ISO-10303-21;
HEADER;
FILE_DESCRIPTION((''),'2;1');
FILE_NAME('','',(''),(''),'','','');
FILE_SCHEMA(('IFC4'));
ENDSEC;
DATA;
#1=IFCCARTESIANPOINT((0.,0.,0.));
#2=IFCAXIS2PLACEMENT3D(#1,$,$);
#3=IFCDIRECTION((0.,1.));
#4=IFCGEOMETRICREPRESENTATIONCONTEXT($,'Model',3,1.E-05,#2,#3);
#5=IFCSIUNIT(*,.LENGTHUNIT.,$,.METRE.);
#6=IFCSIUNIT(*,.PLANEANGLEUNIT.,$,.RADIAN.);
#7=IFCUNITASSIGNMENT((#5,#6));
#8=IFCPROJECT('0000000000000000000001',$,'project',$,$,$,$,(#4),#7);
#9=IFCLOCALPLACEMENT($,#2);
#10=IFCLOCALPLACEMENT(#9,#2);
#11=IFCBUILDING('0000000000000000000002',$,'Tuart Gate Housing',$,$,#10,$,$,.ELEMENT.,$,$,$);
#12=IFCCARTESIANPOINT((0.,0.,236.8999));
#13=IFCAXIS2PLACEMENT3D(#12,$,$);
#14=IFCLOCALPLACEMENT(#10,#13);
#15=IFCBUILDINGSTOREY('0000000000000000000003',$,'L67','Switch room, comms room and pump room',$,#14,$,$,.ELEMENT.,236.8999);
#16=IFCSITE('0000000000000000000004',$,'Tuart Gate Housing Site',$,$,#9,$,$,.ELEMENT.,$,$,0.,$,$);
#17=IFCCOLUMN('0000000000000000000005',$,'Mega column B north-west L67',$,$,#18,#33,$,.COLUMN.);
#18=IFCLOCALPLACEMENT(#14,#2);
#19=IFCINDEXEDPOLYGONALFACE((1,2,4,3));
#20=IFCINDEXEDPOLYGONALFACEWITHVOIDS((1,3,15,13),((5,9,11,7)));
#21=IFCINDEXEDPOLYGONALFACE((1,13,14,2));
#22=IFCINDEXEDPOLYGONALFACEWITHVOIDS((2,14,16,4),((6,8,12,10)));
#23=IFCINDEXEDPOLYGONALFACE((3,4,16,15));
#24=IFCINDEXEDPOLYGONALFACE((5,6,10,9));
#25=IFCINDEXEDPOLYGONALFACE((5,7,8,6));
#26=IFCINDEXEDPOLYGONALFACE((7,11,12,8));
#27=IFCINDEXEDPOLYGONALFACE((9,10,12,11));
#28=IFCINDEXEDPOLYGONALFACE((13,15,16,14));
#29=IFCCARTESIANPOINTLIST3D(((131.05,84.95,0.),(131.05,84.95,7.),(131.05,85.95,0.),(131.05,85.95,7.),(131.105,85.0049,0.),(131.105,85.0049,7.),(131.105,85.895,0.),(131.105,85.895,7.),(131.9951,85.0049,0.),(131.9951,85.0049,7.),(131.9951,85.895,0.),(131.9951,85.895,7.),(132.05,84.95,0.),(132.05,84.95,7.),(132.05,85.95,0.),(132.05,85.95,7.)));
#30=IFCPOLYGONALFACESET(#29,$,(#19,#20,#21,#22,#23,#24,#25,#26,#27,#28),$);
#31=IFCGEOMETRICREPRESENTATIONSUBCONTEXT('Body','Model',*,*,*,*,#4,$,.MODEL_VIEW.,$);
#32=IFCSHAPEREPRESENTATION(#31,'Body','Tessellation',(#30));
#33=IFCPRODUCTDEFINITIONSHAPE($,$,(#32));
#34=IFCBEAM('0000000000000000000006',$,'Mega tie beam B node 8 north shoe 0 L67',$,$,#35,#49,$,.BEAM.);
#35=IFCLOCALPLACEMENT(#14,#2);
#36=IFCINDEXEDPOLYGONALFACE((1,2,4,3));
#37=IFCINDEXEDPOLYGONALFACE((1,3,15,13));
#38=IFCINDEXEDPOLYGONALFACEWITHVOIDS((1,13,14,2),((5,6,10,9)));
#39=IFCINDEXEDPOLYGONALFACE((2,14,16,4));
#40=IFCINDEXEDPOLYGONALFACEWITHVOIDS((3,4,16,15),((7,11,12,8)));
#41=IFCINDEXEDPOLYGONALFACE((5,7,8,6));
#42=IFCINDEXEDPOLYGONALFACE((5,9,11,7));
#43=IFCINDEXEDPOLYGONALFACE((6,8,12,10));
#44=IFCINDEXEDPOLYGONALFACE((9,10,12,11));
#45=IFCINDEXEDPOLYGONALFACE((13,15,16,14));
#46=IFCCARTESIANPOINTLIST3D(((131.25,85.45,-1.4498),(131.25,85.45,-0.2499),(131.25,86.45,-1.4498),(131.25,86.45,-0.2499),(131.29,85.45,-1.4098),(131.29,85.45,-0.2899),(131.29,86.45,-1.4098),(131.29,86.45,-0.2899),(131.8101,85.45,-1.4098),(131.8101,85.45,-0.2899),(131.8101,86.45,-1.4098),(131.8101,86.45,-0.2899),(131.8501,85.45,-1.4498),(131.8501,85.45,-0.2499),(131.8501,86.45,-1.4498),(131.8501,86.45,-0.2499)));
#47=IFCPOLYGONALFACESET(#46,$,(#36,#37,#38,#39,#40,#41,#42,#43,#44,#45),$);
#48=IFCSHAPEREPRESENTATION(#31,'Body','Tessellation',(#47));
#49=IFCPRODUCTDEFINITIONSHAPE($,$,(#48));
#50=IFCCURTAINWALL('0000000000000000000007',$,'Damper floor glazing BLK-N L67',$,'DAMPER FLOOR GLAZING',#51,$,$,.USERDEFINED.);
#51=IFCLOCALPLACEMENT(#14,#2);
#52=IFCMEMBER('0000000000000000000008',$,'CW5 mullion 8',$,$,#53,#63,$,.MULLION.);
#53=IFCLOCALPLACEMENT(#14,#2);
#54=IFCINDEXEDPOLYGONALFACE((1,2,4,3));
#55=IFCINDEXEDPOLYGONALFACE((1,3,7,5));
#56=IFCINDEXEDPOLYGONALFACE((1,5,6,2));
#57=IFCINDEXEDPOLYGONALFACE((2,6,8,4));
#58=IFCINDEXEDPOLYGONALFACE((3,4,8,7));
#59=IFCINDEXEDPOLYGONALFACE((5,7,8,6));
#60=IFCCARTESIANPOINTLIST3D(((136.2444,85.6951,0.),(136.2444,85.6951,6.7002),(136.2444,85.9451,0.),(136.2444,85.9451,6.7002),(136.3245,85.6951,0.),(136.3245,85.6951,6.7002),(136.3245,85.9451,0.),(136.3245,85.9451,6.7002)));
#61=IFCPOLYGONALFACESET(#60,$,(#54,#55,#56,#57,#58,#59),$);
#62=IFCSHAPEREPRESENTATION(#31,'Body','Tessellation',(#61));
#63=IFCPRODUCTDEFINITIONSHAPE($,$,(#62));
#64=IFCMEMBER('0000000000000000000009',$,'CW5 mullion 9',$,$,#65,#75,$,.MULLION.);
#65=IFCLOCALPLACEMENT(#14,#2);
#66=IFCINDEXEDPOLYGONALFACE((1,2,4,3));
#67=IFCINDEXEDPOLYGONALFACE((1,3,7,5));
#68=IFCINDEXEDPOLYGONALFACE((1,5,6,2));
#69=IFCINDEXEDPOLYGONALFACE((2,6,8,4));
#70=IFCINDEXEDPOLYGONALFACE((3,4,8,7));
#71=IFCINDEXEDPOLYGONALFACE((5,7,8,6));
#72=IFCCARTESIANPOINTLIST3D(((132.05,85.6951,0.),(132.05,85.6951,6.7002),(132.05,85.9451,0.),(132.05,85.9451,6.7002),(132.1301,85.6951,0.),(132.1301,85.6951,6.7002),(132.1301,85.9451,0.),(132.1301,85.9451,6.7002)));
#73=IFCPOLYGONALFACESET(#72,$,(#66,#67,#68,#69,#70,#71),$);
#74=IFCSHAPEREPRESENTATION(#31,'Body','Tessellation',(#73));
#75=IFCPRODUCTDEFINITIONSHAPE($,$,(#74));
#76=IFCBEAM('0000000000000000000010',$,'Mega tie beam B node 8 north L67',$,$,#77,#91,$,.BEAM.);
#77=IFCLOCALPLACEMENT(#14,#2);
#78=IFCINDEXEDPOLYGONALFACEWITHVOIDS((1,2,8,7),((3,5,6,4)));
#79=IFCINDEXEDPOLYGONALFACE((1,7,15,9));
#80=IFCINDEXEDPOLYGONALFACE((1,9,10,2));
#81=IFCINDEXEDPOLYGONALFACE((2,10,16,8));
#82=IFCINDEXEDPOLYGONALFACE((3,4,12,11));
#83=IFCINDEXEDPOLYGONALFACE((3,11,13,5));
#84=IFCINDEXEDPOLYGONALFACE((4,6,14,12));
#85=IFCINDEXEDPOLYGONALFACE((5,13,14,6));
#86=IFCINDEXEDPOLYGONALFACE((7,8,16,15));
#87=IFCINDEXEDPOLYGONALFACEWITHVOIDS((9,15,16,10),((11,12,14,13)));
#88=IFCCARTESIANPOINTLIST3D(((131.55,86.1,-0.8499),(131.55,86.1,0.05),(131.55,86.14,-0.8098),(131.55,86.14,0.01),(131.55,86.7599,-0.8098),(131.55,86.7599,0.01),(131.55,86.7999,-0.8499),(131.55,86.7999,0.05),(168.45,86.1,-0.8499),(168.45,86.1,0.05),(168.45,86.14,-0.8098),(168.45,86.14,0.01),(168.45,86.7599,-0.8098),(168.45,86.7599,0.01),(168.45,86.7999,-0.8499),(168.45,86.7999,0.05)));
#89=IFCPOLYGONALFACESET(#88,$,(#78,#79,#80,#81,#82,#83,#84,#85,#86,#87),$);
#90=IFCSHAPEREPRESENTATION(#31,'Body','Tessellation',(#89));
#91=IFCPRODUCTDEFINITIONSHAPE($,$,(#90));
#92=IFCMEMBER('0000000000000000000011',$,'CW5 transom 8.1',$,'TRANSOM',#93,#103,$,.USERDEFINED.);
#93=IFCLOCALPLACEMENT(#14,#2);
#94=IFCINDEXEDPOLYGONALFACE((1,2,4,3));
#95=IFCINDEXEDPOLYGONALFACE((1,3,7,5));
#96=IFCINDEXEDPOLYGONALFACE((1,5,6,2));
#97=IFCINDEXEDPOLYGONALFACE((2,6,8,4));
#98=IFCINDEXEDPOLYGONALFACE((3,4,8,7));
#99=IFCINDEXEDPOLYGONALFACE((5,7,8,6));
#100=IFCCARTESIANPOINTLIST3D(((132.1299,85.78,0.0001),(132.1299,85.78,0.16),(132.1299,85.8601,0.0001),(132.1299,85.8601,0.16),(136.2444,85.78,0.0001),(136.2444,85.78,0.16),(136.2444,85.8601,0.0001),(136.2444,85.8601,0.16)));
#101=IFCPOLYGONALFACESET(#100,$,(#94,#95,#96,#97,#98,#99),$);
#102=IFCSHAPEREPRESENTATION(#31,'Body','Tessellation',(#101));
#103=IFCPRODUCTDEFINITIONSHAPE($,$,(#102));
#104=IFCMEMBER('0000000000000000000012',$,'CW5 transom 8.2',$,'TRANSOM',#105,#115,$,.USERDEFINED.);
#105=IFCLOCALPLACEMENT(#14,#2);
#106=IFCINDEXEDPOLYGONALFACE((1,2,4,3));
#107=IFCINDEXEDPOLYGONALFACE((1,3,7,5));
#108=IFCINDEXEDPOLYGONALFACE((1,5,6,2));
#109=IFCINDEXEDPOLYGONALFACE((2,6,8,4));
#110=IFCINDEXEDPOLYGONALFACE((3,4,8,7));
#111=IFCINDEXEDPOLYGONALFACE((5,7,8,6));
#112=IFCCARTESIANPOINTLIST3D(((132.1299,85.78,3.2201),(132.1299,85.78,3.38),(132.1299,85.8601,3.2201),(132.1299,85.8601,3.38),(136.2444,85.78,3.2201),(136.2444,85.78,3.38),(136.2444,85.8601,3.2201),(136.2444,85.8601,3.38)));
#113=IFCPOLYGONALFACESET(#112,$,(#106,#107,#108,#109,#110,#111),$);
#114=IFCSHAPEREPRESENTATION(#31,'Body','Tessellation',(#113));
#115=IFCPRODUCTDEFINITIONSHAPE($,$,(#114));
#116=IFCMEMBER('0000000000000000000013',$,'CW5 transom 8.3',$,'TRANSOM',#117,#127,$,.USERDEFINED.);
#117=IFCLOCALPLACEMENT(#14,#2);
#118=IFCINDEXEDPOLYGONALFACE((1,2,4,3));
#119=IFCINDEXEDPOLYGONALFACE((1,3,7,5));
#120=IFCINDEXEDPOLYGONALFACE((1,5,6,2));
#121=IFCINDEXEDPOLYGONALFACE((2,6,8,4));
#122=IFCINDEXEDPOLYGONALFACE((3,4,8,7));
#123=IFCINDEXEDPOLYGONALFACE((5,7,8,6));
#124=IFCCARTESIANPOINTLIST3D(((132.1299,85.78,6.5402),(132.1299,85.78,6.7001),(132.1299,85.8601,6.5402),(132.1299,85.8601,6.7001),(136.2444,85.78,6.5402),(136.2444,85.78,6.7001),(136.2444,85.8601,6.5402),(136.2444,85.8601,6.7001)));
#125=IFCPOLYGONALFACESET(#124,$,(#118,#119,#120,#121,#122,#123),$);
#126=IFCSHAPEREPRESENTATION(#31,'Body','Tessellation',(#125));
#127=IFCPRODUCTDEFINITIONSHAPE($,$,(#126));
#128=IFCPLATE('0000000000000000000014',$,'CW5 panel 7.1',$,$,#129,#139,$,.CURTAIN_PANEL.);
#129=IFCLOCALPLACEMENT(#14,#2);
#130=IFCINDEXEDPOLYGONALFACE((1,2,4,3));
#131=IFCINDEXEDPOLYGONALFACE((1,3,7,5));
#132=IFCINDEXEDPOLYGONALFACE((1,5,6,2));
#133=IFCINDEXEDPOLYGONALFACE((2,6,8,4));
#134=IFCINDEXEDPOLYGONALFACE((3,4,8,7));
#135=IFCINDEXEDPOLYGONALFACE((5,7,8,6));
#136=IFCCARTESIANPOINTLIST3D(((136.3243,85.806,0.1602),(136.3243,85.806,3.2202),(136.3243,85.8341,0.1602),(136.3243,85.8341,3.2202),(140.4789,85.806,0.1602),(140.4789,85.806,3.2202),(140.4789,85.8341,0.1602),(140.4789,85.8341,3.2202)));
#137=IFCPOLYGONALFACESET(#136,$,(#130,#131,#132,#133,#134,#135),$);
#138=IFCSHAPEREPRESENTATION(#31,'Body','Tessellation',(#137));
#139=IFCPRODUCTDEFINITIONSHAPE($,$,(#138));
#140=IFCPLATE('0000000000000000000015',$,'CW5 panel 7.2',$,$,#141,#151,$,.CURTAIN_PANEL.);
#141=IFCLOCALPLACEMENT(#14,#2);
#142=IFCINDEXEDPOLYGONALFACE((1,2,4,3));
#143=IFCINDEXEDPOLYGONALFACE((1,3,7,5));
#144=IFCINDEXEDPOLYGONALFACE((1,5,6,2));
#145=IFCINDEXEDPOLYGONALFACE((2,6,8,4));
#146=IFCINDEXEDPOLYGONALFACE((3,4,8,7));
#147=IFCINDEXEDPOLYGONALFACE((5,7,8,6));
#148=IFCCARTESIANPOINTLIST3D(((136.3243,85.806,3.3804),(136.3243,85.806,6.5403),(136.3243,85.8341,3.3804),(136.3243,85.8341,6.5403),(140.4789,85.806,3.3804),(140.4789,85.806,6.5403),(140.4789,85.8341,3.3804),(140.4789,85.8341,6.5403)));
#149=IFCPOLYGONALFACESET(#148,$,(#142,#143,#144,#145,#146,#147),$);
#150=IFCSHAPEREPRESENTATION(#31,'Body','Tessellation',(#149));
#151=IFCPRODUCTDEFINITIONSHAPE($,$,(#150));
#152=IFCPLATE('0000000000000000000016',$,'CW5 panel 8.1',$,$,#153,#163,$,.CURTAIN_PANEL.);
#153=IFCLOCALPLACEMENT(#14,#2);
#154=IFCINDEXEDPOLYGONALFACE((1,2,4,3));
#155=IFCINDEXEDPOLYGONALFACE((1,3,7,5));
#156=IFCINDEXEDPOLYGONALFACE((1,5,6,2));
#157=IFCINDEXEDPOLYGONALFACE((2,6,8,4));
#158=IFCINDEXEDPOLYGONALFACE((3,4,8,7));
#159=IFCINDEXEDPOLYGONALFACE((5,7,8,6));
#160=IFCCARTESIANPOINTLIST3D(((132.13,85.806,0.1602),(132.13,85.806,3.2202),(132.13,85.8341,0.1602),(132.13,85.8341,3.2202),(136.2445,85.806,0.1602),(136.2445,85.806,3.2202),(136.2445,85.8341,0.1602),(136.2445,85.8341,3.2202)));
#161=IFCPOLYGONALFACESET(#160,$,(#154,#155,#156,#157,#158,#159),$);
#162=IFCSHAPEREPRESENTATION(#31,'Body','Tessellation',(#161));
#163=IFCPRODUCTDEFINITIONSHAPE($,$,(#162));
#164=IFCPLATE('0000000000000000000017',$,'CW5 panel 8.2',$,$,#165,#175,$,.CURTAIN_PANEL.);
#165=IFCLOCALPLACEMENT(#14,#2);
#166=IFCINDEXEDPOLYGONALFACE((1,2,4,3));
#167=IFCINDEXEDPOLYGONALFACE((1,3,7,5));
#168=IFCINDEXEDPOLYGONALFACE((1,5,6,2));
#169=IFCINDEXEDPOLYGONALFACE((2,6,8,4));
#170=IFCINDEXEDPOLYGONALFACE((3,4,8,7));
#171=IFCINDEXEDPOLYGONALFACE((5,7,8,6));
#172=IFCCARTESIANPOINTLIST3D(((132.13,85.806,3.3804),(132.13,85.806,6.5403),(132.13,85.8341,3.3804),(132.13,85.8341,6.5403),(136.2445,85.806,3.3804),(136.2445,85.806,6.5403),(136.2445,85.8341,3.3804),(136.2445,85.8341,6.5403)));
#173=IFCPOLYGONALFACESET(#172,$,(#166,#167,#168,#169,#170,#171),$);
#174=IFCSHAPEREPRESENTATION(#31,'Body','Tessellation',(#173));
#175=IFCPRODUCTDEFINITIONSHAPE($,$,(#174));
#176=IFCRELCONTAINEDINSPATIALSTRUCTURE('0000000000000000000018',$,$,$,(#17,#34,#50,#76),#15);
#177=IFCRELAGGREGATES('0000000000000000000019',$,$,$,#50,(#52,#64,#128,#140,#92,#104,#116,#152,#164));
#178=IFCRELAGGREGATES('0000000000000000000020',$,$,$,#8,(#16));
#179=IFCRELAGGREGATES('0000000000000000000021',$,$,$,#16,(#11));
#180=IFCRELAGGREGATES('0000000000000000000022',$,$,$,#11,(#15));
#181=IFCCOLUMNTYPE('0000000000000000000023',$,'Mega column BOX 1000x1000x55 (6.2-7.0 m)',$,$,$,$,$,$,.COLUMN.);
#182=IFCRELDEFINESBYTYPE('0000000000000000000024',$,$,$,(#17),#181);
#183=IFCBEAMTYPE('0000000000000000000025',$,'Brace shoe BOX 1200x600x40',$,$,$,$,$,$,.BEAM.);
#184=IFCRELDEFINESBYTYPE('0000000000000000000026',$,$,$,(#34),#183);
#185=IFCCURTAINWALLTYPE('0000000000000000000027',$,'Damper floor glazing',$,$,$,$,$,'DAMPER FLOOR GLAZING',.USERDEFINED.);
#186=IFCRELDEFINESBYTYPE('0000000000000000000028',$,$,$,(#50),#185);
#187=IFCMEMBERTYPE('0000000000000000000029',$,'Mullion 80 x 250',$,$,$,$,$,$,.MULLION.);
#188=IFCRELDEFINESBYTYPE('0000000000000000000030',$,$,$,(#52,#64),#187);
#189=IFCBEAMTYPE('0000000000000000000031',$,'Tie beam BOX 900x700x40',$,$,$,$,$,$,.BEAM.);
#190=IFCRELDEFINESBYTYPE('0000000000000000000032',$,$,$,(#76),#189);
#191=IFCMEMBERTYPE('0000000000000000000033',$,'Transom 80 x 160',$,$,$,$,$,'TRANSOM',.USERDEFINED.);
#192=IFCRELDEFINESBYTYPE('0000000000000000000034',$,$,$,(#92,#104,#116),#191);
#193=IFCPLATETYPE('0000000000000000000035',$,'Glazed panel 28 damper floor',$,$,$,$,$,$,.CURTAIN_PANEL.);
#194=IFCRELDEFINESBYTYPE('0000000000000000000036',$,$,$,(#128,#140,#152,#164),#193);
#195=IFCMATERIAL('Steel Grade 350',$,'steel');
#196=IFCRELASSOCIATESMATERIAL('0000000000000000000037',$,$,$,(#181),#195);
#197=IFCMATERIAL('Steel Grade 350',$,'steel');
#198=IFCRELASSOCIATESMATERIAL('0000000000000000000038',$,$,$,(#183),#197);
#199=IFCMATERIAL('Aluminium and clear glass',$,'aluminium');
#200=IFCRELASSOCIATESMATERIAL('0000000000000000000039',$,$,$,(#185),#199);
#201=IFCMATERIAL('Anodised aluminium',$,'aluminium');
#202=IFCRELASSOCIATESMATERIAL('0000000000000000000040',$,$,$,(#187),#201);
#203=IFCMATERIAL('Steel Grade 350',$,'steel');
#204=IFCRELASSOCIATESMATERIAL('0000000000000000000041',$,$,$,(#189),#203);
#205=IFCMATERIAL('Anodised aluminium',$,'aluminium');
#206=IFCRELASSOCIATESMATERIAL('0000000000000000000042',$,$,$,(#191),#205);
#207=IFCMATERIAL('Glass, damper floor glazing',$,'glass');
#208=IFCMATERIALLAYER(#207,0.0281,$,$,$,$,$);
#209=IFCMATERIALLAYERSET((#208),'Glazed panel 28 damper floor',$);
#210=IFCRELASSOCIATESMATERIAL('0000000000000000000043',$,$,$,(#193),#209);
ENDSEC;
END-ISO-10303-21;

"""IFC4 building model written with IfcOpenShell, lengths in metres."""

from ifc_helpers import new_model, si_unit, direction, frame, origin, origin_2d, place, context, subcontext, project, spatial, rectangle, hollow_rectangle, extrude, material, layer, layer_set, material_profile, profile_set, type_object, element, aggregate, save


model = new_model("IFC4")

# Units and contexts
model_context = context("Model", 3, precision=1e-05, world=origin(), true_north=direction((0.0, 1.0)))
body_context = subcontext(model_context, "Body", "Model", "MODEL_VIEW")
ifc_project = project(units=[si_unit("LENGTHUNIT", "METRE"), si_unit("PLANEANGLEUNIT", "RADIAN")], contexts=[model_context])

# Site, building, storey
site_placement = place(None, origin())
site = spatial("IfcSite", under=ifc_project, at=site_placement, Name="Tuart Gate Housing Site", CompositionType="ELEMENT", RefElevation=0.0)
building_placement = place(site_placement, origin())
building = spatial("IfcBuilding", under=site, at=building_placement, Name="Tuart Gate Housing", CompositionType="ELEMENT")
storey_placement = place(building_placement, frame((0.0, 0.0, 236.8999)))
storey = spatial("IfcBuildingStorey", under=building, at=storey_placement, Name="L67", Description="Switch room, comms room and pump room", CompositionType="ELEMENT", Elevation=236.8999)

# Column
ifc_material_1 = material(Name="Steel Grade 350", Category="steel")
ifc_material_profile_1 = material_profile(ifc_material_1, hollow_rectangle(XDim=1.0, YDim=1.0, WallThickness=0.0549, at=origin_2d()), Name="BOX 1000x1000x55")
ifc_profile_set_1 = profile_set([ifc_material_profile_1], Name="Steel Grade 350")
column_type = type_object("IfcColumnType", Name="Mega column BOX 1000x1000x55 (6.2-7.0 m)", PredefinedType="COLUMN", material=ifc_profile_set_1)
column_placement = place(storey_placement, frame((131.55, 85.45, 0.0), z_axis=(0.0, 0.0, 1.0), x_axis=(1.0, 0.0, 0.0)))
element("IfcColumn", 1, at=column_placement, inside=storey, type_object=column_type, Name="Mega column B north-west L67", PredefinedType="COLUMN", context=body_context, shape_type="SweptSolid", body=[
    extrude(hollow_rectangle(XDim=1.0, YDim=1.0, WallThickness=0.0549, at=origin_2d()), origin(), (0.0, 0.0, 1.0), 7.0),
])

# Beam
ifc_material_2 = material(Name="Steel Grade 350", Category="steel")
ifc_material_profile_2 = material_profile(ifc_material_2, hollow_rectangle(XDim=0.6001, YDim=1.2, WallThickness=0.04, at=origin_2d()), Name="BOX 1200x600x40")
ifc_profile_set_2 = profile_set([ifc_material_profile_2], Name="Steel Grade 350")
beam_type_1 = type_object("IfcBeamType", Name="Brace shoe BOX 1200x600x40", PredefinedType="BEAM", material=ifc_profile_set_2)
beam_1_placement = place(storey_placement, frame((131.55, 85.45, -0.8499), z_axis=(0.0, 1.0, 0.0), x_axis=(-1.0, 0.0, 0.0)))
element("IfcBeam", 2, at=beam_1_placement, inside=storey, type_object=beam_type_1, Name="Mega tie beam B node 8 north shoe 0 L67", PredefinedType="BEAM", context=body_context, shape_type="SweptSolid", body=[
    extrude(hollow_rectangle(XDim=0.6001, YDim=1.2, WallThickness=0.04, at=origin_2d()), origin(), (0.0, 0.0, 1.0), 1.0),
])

# Curtain wall, members
ifc_material_3 = material(Name="Aluminium and clear glass", Category="aluminium")
curtain_wall_type = type_object("IfcCurtainWallType", Name="Damper floor glazing", ElementType="DAMPER FLOOR GLAZING", PredefinedType="USERDEFINED", material=ifc_material_3)
curtain_wall_placement = place(storey_placement, origin())
curtain_wall = element("IfcCurtainWall", 3, at=curtain_wall_placement, inside=storey, type_object=curtain_wall_type, Name="Damper floor glazing BLK-N L67", ObjectType="DAMPER FLOOR GLAZING", PredefinedType="USERDEFINED")
ifc_material_4 = material(Name="Anodised aluminium", Category="aluminium")
ifc_material_profile_3 = material_profile(ifc_material_4, rectangle(XDim=0.0801, YDim=0.25, at=origin_2d()), Name="80x250")
ifc_profile_set_3 = profile_set([ifc_material_profile_3], Name="Anodised aluminium")
member_type_1 = type_object("IfcMemberType", Name="Mullion 80 x 250", PredefinedType="MULLION", material=ifc_profile_set_3)
member_1_placement = place(storey_placement, frame((136.2844, 85.8201, 0.0), z_axis=(0.0, 0.0, 1.0), x_axis=(-1.0, 0.0, 0.0)))
member_1 = element("IfcMember", 4, at=member_1_placement, type_object=member_type_1, Name="CW5 mullion 8", PredefinedType="MULLION", context=body_context, shape_type="SweptSolid", body=[
    extrude(rectangle(XDim=0.0801, YDim=0.25, at=origin_2d()), origin(), (0.0, 0.0, 1.0), 6.7002),
])
member_2_placement = place(storey_placement, frame((132.0901, 85.8201, 0.0), z_axis=(0.0, 0.0, 1.0), x_axis=(-1.0, 0.0, 0.0)))
member_2 = element("IfcMember", 5, at=member_2_placement, type_object=member_type_1, Name="CW5 mullion 9", PredefinedType="MULLION", context=body_context, shape_type="SweptSolid", body=[
    extrude(rectangle(XDim=0.0801, YDim=0.25, at=origin_2d()), origin(), (0.0, 0.0, 1.0), 6.7002),
])

# Beam
ifc_material_5 = material(Name="Steel Grade 350", Category="steel")
ifc_material_profile_4 = material_profile(ifc_material_5, hollow_rectangle(XDim=0.7, YDim=0.8999, WallThickness=0.04, at=origin_2d()), Name="BOX 900x700x40")
ifc_profile_set_4 = profile_set([ifc_material_profile_4], Name="Steel Grade 350")
beam_type_2 = type_object("IfcBeamType", Name="Tie beam BOX 900x700x40", PredefinedType="BEAM", material=ifc_profile_set_4)
beam_2_placement = place(storey_placement, frame((131.55, 86.45, -0.3999), z_axis=(1.0, 0.0, 0.0), x_axis=(0.0, 1.0, 0.0)))
element("IfcBeam", 6, at=beam_2_placement, inside=storey, type_object=beam_type_2, Name="Mega tie beam B node 8 north L67", PredefinedType="BEAM", context=body_context, shape_type="SweptSolid", body=[
    extrude(hollow_rectangle(XDim=0.7, YDim=0.8999, WallThickness=0.04, at=origin_2d()), origin(), (0.0, 0.0, 1.0), 36.8999),
])

# Members
ifc_material_6 = material(Name="Anodised aluminium", Category="aluminium")
ifc_material_profile_5 = material_profile(ifc_material_6, rectangle(XDim=0.0801, YDim=0.1599, at=origin_2d()), Name="80x160")
ifc_profile_set_5 = profile_set([ifc_material_profile_5], Name="Anodised aluminium")
member_type_2 = type_object("IfcMemberType", Name="Transom 80 x 160", ElementType="TRANSOM", PredefinedType="USERDEFINED", material=ifc_profile_set_5)
member_3_placement = place(storey_placement, frame((136.2444, 85.8201, 0.0801), z_axis=(-1.0, 0.0, 0.0), x_axis=(0.0, -1.0, 0.0)))
member_3 = element("IfcMember", 7, at=member_3_placement, type_object=member_type_2, Name="CW5 transom 8.1", ObjectType="TRANSOM", PredefinedType="USERDEFINED", context=body_context, shape_type="SweptSolid", body=[
    extrude(rectangle(XDim=0.0801, YDim=0.1599, at=origin_2d()), origin(), (0.0, 0.0, 1.0), 4.1145),
])
member_4_placement = place(storey_placement, frame((136.2444, 85.8201, 3.3), z_axis=(-1.0, 0.0, 0.0), x_axis=(0.0, -1.0, 0.0)))
member_4 = element("IfcMember", 8, at=member_4_placement, type_object=member_type_2, Name="CW5 transom 8.2", ObjectType="TRANSOM", PredefinedType="USERDEFINED", context=body_context, shape_type="SweptSolid", body=[
    extrude(rectangle(XDim=0.0801, YDim=0.1599, at=origin_2d()), origin(), (0.0, 0.0, 1.0), 4.1145),
])
member_5_placement = place(storey_placement, frame((136.2444, 85.8201, 6.6201), z_axis=(-1.0, 0.0, 0.0), x_axis=(0.0, -1.0, 0.0)))
member_5 = element("IfcMember", 9, at=member_5_placement, type_object=member_type_2, Name="CW5 transom 8.3", ObjectType="TRANSOM", PredefinedType="USERDEFINED", context=body_context, shape_type="SweptSolid", body=[
    extrude(rectangle(XDim=0.0801, YDim=0.1599, at=origin_2d()), origin(), (0.0, 0.0, 1.0), 4.1145),
])

# Plates
ifc_material_7 = material(Name="Glass, damper floor glazing", Category="glass")
ifc_layer_1 = layer(ifc_material_7, 0.0281)
ifc_layer_set_1 = layer_set([ifc_layer_1], Name="Glazed panel 28 damper floor")
plate_type = type_object("IfcPlateType", Name="Glazed panel 28 damper floor", PredefinedType="CURTAIN_PANEL", material=ifc_layer_set_1)
plate_1_placement = place(storey_placement, frame((138.4016, 85.8201, 0.1602), z_axis=(0.0, 0.0, 1.0), x_axis=(-1.0, 0.0, 0.0)))
plate_1 = element("IfcPlate", 10, at=plate_1_placement, type_object=plate_type, Name="CW5 panel 7.1", PredefinedType="CURTAIN_PANEL", context=body_context, shape_type="SweptSolid", body=[
    extrude(rectangle(XDim=4.1545, YDim=0.0281, at=origin_2d()), origin(), (0.0, 0.0, 1.0), 3.0601),
])
plate_2_placement = place(storey_placement, frame((138.4016, 85.8201, 3.3804), z_axis=(0.0, 0.0, 1.0), x_axis=(-1.0, 0.0, 0.0)))
plate_2 = element("IfcPlate", 11, at=plate_2_placement, type_object=plate_type, Name="CW5 panel 7.2", PredefinedType="CURTAIN_PANEL", context=body_context, shape_type="SweptSolid", body=[
    extrude(rectangle(XDim=4.1545, YDim=0.0281, at=origin_2d()), origin(), (0.0, 0.0, 1.0), 3.1599),
])
plate_3_placement = place(storey_placement, frame((134.1873, 85.8201, 0.1602), z_axis=(0.0, 0.0, 1.0), x_axis=(-1.0, 0.0, 0.0)))
plate_3 = element("IfcPlate", 12, at=plate_3_placement, type_object=plate_type, Name="CW5 panel 8.1", PredefinedType="CURTAIN_PANEL", context=body_context, shape_type="SweptSolid", body=[
    extrude(rectangle(XDim=4.1145, YDim=0.0281, at=origin_2d()), origin(), (0.0, 0.0, 1.0), 3.0601),
])
plate_4_placement = place(storey_placement, frame((134.1873, 85.8201, 3.3804), z_axis=(0.0, 0.0, 1.0), x_axis=(-1.0, 0.0, 0.0)))
plate_4 = element("IfcPlate", 13, at=plate_4_placement, type_object=plate_type, Name="CW5 panel 8.2", PredefinedType="CURTAIN_PANEL", context=body_context, shape_type="SweptSolid", body=[
    extrude(rectangle(XDim=4.1145, YDim=0.0281, at=origin_2d()), origin(), (0.0, 0.0, 1.0), 3.1599),
])
aggregate(curtain_wall, [member_1, member_2, plate_1, plate_2, member_3, member_4, member_5, plate_3, plate_4])

save(model, "model.ifc")
